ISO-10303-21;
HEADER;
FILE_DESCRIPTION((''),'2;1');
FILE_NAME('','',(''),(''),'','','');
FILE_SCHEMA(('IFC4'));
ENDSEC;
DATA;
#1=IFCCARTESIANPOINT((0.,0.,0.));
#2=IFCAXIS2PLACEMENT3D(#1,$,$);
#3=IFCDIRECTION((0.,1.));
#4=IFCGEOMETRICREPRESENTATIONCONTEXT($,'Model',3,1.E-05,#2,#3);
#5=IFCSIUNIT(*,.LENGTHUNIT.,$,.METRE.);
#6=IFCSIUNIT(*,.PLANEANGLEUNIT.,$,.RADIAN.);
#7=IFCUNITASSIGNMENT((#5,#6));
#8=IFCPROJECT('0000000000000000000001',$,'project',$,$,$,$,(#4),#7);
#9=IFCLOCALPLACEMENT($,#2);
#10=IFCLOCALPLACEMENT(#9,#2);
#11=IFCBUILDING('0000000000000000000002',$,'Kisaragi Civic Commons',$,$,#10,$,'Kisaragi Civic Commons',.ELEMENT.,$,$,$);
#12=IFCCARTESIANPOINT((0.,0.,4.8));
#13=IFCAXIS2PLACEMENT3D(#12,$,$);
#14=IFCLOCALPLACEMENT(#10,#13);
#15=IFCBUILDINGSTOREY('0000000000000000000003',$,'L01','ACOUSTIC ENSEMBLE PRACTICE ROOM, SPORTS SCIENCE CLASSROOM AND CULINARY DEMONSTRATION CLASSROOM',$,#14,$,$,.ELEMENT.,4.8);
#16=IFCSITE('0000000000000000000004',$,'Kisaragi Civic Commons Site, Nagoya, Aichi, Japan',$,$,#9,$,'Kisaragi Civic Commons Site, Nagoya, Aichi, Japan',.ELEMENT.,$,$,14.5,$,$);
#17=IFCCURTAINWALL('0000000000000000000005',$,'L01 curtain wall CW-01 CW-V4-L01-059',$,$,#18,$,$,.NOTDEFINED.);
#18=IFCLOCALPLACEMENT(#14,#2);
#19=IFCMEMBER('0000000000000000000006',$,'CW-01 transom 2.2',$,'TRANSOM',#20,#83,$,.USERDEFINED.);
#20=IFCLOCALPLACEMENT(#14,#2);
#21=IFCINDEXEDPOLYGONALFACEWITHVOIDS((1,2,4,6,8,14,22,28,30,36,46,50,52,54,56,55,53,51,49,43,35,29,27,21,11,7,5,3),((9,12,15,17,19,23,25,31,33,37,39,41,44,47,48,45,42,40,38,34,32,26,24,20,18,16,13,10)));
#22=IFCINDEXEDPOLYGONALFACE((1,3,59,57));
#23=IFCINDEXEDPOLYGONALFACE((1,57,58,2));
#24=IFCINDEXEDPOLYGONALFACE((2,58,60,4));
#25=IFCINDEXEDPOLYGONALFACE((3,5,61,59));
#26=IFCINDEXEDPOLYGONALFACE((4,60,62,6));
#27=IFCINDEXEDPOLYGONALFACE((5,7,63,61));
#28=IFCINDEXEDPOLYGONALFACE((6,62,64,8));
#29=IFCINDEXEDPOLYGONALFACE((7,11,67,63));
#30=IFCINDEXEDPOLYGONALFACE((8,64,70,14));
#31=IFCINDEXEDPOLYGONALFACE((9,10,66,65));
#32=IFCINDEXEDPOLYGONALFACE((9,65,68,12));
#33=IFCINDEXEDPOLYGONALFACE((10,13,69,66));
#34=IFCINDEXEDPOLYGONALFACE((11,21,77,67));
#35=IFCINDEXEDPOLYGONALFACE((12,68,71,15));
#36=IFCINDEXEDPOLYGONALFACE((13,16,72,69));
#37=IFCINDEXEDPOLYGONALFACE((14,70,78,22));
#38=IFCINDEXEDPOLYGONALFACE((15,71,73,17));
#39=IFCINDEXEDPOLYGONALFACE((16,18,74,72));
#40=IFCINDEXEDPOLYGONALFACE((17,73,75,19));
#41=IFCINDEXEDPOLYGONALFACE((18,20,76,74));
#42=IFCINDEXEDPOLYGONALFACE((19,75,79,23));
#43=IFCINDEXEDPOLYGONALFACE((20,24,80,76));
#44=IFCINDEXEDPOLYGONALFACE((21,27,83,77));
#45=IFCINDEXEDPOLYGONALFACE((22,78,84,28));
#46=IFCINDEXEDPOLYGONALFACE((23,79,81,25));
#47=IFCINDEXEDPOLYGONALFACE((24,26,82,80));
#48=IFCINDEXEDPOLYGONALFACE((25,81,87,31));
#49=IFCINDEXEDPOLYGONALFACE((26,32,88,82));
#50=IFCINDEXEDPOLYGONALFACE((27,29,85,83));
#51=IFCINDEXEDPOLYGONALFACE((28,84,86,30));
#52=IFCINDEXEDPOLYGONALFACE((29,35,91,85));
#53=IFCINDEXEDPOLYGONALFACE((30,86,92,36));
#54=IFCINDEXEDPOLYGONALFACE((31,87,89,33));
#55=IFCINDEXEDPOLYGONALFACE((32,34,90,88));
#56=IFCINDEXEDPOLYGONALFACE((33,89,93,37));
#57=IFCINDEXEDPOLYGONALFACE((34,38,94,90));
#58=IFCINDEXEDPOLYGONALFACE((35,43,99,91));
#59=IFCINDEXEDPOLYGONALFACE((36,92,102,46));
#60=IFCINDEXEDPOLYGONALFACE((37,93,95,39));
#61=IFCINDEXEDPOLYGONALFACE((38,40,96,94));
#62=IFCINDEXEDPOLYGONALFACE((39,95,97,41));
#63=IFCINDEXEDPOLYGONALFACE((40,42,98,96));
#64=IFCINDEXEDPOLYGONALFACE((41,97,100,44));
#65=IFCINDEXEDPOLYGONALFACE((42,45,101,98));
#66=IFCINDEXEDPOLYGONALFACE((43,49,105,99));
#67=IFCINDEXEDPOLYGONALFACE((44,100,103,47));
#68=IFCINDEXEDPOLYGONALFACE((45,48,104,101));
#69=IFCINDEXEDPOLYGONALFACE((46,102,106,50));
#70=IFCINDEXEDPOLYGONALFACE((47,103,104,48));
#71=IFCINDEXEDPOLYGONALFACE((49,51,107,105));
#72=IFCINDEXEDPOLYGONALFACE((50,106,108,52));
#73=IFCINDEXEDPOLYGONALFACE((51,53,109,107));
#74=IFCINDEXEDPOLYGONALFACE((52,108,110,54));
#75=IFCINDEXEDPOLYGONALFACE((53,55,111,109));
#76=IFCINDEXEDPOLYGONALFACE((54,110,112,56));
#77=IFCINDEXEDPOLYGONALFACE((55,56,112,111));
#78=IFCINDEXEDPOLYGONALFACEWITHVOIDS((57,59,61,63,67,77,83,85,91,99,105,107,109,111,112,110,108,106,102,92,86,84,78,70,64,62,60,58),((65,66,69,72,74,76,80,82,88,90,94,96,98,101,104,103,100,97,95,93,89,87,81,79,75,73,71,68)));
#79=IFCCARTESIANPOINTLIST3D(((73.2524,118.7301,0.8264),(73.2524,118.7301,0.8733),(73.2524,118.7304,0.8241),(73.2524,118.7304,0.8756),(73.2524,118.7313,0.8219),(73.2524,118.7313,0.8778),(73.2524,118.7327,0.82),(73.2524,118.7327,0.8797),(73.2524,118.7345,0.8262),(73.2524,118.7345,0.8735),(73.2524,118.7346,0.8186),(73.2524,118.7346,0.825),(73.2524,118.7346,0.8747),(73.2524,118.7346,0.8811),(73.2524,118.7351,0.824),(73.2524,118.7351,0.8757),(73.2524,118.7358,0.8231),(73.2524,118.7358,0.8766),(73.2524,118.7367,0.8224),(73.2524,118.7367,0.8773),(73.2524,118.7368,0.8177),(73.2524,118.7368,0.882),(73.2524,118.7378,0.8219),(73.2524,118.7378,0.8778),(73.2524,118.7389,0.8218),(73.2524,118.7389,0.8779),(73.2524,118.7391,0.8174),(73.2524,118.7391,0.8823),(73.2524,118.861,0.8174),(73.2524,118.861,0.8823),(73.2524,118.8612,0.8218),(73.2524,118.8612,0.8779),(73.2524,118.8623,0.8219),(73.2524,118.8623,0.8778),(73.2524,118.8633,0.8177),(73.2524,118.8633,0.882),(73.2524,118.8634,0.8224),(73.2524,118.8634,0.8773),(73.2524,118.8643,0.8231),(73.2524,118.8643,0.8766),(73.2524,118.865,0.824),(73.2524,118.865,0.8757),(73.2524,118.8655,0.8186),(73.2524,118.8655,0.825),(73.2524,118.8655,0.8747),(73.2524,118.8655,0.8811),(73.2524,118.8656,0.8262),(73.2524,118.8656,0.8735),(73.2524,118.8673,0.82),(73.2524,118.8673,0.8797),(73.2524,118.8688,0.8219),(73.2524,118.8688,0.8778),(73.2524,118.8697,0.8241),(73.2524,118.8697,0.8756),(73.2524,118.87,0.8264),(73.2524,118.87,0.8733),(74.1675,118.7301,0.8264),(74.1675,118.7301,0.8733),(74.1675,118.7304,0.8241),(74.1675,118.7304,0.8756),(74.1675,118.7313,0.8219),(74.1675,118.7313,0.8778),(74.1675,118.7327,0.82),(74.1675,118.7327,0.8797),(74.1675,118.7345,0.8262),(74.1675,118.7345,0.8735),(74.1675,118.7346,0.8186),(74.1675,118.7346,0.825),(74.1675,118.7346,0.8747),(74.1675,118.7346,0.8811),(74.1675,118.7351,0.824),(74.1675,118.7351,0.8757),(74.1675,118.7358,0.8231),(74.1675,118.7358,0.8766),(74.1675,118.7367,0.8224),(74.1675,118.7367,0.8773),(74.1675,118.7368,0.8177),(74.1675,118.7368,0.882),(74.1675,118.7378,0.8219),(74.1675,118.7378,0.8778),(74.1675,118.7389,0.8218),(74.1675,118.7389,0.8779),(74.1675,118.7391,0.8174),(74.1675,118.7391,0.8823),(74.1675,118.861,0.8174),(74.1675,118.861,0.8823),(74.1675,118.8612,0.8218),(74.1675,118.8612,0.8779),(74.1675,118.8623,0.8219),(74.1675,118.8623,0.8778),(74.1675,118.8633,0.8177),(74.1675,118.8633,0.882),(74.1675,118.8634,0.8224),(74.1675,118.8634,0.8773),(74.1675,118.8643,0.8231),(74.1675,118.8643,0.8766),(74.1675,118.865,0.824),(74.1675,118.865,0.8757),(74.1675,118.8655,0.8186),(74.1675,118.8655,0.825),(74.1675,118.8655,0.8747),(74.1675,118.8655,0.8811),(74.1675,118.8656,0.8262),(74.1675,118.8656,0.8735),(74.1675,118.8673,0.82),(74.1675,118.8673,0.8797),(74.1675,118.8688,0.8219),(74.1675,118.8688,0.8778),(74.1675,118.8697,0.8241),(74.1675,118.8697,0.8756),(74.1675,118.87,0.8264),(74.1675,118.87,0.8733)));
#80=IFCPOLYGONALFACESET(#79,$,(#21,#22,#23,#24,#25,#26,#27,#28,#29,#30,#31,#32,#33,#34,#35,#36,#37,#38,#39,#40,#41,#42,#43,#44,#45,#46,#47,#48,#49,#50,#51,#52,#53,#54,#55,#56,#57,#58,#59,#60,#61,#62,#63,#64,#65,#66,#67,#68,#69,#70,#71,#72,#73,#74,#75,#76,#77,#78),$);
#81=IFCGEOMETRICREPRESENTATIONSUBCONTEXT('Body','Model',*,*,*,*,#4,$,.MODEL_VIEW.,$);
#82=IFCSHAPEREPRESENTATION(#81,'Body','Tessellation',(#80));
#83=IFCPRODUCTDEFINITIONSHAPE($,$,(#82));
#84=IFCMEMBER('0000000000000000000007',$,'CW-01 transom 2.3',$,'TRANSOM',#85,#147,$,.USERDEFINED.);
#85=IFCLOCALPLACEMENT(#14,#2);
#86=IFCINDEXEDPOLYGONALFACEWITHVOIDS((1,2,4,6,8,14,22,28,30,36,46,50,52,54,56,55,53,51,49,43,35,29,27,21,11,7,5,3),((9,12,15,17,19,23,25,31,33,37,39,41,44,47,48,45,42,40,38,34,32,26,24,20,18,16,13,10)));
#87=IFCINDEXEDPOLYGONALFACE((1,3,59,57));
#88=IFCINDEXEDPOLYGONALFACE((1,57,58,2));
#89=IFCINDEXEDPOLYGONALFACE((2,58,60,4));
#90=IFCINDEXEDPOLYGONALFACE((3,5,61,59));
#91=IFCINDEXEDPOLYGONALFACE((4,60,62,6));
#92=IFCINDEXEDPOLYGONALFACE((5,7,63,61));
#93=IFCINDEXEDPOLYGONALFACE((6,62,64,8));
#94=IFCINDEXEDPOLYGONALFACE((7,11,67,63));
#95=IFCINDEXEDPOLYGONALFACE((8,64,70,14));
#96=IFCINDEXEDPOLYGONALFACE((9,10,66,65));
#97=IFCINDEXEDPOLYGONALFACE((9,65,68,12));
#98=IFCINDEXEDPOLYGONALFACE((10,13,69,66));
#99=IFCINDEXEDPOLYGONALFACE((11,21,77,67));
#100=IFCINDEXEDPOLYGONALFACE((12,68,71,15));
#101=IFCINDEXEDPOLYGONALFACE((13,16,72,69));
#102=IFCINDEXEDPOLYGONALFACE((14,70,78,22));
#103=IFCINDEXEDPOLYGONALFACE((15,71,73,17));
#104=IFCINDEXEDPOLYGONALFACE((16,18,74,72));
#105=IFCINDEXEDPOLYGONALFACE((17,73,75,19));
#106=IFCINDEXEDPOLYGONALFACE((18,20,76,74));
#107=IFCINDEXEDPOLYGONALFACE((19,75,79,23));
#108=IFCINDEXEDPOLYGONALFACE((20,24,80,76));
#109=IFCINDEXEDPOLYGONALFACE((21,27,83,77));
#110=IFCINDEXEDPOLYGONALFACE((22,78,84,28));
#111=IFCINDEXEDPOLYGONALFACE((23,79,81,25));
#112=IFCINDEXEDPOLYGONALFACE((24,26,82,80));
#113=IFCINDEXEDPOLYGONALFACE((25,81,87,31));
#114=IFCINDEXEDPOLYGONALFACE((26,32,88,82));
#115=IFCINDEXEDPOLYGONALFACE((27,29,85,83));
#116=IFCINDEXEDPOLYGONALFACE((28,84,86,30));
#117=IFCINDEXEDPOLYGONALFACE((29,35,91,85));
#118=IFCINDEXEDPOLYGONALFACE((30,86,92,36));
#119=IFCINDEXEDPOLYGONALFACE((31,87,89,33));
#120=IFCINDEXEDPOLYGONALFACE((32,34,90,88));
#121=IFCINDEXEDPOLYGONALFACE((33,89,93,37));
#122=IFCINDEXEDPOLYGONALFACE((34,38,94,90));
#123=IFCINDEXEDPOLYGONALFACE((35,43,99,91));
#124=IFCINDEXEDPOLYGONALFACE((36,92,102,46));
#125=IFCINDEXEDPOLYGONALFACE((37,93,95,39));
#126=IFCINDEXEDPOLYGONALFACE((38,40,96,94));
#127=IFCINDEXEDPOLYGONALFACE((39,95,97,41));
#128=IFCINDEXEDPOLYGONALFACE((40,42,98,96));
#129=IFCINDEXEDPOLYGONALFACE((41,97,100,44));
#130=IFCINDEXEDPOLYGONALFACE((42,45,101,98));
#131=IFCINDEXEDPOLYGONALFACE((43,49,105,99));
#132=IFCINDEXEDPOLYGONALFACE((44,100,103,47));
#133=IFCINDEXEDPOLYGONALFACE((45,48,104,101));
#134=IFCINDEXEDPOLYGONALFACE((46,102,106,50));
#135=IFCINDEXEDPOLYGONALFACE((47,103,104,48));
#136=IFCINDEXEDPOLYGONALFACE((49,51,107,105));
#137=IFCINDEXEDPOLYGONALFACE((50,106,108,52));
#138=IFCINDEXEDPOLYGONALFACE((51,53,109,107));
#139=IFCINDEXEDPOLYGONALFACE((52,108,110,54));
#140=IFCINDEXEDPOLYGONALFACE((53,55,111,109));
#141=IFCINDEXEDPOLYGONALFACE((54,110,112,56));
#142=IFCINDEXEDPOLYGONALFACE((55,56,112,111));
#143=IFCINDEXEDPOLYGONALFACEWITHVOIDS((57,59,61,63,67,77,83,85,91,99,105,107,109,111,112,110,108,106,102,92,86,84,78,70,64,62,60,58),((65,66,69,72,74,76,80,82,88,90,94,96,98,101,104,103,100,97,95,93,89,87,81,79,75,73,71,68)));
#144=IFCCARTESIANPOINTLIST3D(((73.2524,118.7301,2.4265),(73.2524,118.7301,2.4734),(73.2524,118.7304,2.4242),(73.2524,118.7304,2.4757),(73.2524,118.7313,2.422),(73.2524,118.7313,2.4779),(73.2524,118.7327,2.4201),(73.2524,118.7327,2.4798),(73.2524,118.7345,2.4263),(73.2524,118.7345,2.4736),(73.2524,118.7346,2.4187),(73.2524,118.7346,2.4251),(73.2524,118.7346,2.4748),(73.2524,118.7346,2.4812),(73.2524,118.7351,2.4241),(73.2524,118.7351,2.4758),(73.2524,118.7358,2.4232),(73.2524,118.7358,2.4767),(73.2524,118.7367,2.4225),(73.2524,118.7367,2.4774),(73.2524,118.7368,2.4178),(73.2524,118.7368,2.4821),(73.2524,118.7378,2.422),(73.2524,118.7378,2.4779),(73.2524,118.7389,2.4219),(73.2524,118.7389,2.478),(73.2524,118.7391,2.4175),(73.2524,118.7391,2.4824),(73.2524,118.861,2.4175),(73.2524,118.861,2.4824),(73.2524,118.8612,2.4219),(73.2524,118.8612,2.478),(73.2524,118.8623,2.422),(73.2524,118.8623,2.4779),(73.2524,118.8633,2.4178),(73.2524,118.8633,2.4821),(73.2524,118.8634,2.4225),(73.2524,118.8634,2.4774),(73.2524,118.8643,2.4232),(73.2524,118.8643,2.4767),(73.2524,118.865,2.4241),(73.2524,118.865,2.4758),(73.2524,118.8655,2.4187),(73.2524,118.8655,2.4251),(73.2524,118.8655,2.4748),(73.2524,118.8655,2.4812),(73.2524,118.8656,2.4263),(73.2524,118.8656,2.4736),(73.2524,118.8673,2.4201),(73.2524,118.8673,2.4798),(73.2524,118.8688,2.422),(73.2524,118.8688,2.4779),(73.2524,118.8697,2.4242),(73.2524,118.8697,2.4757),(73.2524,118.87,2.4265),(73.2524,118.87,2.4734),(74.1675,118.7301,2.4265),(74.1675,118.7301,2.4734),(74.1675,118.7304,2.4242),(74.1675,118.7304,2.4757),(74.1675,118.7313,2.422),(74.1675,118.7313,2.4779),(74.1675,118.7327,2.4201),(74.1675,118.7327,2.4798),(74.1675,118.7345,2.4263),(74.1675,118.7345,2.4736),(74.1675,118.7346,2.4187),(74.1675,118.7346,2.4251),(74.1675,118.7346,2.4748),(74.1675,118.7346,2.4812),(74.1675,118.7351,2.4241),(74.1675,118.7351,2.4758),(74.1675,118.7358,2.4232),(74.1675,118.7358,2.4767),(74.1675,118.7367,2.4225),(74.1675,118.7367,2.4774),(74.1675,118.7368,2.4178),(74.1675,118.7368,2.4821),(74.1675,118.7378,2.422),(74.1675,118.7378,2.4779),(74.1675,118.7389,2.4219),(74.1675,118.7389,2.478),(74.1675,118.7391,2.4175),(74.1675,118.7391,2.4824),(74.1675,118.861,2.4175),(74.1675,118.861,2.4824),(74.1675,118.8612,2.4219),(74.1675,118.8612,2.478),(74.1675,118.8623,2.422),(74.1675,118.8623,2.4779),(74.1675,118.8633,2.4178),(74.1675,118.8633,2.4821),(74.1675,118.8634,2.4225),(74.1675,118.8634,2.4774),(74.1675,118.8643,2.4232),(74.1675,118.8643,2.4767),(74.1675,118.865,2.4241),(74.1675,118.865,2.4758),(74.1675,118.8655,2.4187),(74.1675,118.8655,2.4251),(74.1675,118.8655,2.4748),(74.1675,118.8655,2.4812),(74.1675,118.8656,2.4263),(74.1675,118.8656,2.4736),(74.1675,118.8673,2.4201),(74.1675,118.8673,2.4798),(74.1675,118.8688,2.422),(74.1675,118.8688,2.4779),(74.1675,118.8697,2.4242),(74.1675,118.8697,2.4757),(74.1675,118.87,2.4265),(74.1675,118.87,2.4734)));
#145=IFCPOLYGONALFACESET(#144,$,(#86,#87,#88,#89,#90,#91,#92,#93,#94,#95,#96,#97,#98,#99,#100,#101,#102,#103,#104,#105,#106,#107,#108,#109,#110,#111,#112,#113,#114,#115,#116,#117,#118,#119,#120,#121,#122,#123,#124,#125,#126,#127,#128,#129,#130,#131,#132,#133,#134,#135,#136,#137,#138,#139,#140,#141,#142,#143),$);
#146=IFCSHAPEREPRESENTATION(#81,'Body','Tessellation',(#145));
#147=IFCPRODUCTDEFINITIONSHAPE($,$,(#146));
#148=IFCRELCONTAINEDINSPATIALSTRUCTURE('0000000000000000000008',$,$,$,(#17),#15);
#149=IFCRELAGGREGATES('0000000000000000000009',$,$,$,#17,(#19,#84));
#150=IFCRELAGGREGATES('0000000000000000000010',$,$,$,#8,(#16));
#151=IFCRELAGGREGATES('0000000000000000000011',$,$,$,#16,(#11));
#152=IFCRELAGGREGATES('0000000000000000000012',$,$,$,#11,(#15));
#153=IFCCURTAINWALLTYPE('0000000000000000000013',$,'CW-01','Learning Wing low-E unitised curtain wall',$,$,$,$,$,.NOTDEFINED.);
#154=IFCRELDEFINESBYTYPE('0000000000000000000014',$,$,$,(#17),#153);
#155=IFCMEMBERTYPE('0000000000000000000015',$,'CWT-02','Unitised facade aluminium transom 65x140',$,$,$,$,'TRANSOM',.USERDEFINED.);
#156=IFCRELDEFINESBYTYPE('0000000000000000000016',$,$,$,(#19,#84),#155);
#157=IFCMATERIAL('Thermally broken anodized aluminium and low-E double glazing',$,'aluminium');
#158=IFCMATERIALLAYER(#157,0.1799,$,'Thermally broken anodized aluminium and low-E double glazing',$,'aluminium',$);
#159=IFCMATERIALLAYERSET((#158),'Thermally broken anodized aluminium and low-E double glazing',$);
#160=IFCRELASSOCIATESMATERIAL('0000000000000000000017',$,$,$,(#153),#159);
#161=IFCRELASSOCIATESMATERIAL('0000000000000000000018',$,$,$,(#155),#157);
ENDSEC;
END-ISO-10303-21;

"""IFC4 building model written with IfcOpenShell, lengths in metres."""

from ifc_helpers import new_model, si_unit, direction, frame, origin, origin_2d, place, context, subcontext, project, spatial, hollow_rectangle, extrude, material, layer, layer_set, material_profile, profile_set, type_object, element, aggregate, save


model = new_model("IFC4")

# Units and contexts
model_context = context("Model", 3, precision=1e-05, world=origin(), true_north=direction((0.0, 1.0)))
body_context = subcontext(model_context, "Body", "Model", "MODEL_VIEW")
ifc_project = project(units=[si_unit("LENGTHUNIT", "METRE"), si_unit("PLANEANGLEUNIT", "RADIAN")], contexts=[model_context])

# Site, building, storey
site_placement = place(None, origin())
site = spatial("IfcSite", under=ifc_project, at=site_placement, Name="Kisaragi Civic Commons Site, Nagoya, Aichi, Japan", LongName="Kisaragi Civic Commons Site, Nagoya, Aichi, Japan", CompositionType="ELEMENT", RefElevation=14.5)
building_placement = place(site_placement, origin())
building = spatial("IfcBuilding", under=site, at=building_placement, Name="Kisaragi Civic Commons", LongName="Kisaragi Civic Commons", CompositionType="ELEMENT")
storey_placement = place(building_placement, frame((0.0, 0.0, 4.8)))
storey = spatial("IfcBuildingStorey", under=building, at=storey_placement, Name="L01", Description="ACOUSTIC ENSEMBLE PRACTICE ROOM, SPORTS SCIENCE CLASSROOM AND CULINARY DEMONSTRATION CLASSROOM", CompositionType="ELEMENT", Elevation=4.8)

# Curtain wall, members
ifc_material = material(Name="Thermally broken anodized aluminium and low-E double glazing", Category="aluminium")
ifc_layer_1 = layer(ifc_material, 0.1799, Name="Thermally broken anodized aluminium and low-E double glazing", Category="aluminium")
ifc_layer_set_1 = layer_set([ifc_layer_1], Name="Thermally broken anodized aluminium and low-E double glazing")
curtain_wall_type = type_object("IfcCurtainWallType", Name="CW-01", Description="Learning Wing low-E unitised curtain wall", PredefinedType="NOTDEFINED", material=ifc_layer_set_1)
curtain_wall_placement = place(storey_placement, origin())
curtain_wall = element("IfcCurtainWall", 1, at=curtain_wall_placement, inside=storey, type_object=curtain_wall_type, Name="L01 curtain wall CW-01 CW-V4-L01-059", PredefinedType="NOTDEFINED")
ifc_material_profile_1 = material_profile(ifc_material, hollow_rectangle(XDim=0.1399, YDim=0.0649, WallThickness=0.0044, InnerFilletRadius=0.0044, OuterFilletRadius=0.009, at=origin_2d()), Name="CWT-65x140x4.5", Category="aluminium")
ifc_profile_set_1 = profile_set([ifc_material_profile_1], Name="Thermally broken anodized aluminium and low-E double glazing")
member_type_1 = type_object("IfcMemberType", Name="CWT-02", Description="Unitised facade aluminium transom 65x140", ElementType="TRANSOM", PredefinedType="USERDEFINED", material=ifc_profile_set_1)
member_1_placement = place(storey_placement, frame((73.2524, 118.8, 0.8499), z_axis=(1.0, 0.0, 0.0), x_axis=(0.0, 1.0, 0.0)))
member_1 = element("IfcMember", 2, at=member_1_placement, type_object=member_type_1, Name="CW-01 transom 2.2", ObjectType="TRANSOM", PredefinedType="USERDEFINED", context=body_context, shape_type="SweptSolid", body=[
    extrude(hollow_rectangle(XDim=0.1399, YDim=0.0649, WallThickness=0.0044, InnerFilletRadius=0.0044, OuterFilletRadius=0.009, at=origin_2d()), origin(), (0.0, 0.0, 1.0), 0.915),
])
member_2_placement = place(storey_placement, frame((73.2524, 118.8, 2.45), z_axis=(1.0, 0.0, 0.0), x_axis=(0.0, 1.0, 0.0)))
member_2 = element("IfcMember", 3, at=member_2_placement, type_object=member_type_1, Name="CW-01 transom 2.3", ObjectType="TRANSOM", PredefinedType="USERDEFINED", context=body_context, shape_type="SweptSolid", body=[
    extrude(hollow_rectangle(XDim=0.1399, YDim=0.0649, WallThickness=0.0044, InnerFilletRadius=0.0044, OuterFilletRadius=0.009, at=origin_2d()), origin(), (0.0, 0.0, 1.0), 0.915),
])
aggregate(curtain_wall, [member_1, member_2])

save(model, "model.ifc")
